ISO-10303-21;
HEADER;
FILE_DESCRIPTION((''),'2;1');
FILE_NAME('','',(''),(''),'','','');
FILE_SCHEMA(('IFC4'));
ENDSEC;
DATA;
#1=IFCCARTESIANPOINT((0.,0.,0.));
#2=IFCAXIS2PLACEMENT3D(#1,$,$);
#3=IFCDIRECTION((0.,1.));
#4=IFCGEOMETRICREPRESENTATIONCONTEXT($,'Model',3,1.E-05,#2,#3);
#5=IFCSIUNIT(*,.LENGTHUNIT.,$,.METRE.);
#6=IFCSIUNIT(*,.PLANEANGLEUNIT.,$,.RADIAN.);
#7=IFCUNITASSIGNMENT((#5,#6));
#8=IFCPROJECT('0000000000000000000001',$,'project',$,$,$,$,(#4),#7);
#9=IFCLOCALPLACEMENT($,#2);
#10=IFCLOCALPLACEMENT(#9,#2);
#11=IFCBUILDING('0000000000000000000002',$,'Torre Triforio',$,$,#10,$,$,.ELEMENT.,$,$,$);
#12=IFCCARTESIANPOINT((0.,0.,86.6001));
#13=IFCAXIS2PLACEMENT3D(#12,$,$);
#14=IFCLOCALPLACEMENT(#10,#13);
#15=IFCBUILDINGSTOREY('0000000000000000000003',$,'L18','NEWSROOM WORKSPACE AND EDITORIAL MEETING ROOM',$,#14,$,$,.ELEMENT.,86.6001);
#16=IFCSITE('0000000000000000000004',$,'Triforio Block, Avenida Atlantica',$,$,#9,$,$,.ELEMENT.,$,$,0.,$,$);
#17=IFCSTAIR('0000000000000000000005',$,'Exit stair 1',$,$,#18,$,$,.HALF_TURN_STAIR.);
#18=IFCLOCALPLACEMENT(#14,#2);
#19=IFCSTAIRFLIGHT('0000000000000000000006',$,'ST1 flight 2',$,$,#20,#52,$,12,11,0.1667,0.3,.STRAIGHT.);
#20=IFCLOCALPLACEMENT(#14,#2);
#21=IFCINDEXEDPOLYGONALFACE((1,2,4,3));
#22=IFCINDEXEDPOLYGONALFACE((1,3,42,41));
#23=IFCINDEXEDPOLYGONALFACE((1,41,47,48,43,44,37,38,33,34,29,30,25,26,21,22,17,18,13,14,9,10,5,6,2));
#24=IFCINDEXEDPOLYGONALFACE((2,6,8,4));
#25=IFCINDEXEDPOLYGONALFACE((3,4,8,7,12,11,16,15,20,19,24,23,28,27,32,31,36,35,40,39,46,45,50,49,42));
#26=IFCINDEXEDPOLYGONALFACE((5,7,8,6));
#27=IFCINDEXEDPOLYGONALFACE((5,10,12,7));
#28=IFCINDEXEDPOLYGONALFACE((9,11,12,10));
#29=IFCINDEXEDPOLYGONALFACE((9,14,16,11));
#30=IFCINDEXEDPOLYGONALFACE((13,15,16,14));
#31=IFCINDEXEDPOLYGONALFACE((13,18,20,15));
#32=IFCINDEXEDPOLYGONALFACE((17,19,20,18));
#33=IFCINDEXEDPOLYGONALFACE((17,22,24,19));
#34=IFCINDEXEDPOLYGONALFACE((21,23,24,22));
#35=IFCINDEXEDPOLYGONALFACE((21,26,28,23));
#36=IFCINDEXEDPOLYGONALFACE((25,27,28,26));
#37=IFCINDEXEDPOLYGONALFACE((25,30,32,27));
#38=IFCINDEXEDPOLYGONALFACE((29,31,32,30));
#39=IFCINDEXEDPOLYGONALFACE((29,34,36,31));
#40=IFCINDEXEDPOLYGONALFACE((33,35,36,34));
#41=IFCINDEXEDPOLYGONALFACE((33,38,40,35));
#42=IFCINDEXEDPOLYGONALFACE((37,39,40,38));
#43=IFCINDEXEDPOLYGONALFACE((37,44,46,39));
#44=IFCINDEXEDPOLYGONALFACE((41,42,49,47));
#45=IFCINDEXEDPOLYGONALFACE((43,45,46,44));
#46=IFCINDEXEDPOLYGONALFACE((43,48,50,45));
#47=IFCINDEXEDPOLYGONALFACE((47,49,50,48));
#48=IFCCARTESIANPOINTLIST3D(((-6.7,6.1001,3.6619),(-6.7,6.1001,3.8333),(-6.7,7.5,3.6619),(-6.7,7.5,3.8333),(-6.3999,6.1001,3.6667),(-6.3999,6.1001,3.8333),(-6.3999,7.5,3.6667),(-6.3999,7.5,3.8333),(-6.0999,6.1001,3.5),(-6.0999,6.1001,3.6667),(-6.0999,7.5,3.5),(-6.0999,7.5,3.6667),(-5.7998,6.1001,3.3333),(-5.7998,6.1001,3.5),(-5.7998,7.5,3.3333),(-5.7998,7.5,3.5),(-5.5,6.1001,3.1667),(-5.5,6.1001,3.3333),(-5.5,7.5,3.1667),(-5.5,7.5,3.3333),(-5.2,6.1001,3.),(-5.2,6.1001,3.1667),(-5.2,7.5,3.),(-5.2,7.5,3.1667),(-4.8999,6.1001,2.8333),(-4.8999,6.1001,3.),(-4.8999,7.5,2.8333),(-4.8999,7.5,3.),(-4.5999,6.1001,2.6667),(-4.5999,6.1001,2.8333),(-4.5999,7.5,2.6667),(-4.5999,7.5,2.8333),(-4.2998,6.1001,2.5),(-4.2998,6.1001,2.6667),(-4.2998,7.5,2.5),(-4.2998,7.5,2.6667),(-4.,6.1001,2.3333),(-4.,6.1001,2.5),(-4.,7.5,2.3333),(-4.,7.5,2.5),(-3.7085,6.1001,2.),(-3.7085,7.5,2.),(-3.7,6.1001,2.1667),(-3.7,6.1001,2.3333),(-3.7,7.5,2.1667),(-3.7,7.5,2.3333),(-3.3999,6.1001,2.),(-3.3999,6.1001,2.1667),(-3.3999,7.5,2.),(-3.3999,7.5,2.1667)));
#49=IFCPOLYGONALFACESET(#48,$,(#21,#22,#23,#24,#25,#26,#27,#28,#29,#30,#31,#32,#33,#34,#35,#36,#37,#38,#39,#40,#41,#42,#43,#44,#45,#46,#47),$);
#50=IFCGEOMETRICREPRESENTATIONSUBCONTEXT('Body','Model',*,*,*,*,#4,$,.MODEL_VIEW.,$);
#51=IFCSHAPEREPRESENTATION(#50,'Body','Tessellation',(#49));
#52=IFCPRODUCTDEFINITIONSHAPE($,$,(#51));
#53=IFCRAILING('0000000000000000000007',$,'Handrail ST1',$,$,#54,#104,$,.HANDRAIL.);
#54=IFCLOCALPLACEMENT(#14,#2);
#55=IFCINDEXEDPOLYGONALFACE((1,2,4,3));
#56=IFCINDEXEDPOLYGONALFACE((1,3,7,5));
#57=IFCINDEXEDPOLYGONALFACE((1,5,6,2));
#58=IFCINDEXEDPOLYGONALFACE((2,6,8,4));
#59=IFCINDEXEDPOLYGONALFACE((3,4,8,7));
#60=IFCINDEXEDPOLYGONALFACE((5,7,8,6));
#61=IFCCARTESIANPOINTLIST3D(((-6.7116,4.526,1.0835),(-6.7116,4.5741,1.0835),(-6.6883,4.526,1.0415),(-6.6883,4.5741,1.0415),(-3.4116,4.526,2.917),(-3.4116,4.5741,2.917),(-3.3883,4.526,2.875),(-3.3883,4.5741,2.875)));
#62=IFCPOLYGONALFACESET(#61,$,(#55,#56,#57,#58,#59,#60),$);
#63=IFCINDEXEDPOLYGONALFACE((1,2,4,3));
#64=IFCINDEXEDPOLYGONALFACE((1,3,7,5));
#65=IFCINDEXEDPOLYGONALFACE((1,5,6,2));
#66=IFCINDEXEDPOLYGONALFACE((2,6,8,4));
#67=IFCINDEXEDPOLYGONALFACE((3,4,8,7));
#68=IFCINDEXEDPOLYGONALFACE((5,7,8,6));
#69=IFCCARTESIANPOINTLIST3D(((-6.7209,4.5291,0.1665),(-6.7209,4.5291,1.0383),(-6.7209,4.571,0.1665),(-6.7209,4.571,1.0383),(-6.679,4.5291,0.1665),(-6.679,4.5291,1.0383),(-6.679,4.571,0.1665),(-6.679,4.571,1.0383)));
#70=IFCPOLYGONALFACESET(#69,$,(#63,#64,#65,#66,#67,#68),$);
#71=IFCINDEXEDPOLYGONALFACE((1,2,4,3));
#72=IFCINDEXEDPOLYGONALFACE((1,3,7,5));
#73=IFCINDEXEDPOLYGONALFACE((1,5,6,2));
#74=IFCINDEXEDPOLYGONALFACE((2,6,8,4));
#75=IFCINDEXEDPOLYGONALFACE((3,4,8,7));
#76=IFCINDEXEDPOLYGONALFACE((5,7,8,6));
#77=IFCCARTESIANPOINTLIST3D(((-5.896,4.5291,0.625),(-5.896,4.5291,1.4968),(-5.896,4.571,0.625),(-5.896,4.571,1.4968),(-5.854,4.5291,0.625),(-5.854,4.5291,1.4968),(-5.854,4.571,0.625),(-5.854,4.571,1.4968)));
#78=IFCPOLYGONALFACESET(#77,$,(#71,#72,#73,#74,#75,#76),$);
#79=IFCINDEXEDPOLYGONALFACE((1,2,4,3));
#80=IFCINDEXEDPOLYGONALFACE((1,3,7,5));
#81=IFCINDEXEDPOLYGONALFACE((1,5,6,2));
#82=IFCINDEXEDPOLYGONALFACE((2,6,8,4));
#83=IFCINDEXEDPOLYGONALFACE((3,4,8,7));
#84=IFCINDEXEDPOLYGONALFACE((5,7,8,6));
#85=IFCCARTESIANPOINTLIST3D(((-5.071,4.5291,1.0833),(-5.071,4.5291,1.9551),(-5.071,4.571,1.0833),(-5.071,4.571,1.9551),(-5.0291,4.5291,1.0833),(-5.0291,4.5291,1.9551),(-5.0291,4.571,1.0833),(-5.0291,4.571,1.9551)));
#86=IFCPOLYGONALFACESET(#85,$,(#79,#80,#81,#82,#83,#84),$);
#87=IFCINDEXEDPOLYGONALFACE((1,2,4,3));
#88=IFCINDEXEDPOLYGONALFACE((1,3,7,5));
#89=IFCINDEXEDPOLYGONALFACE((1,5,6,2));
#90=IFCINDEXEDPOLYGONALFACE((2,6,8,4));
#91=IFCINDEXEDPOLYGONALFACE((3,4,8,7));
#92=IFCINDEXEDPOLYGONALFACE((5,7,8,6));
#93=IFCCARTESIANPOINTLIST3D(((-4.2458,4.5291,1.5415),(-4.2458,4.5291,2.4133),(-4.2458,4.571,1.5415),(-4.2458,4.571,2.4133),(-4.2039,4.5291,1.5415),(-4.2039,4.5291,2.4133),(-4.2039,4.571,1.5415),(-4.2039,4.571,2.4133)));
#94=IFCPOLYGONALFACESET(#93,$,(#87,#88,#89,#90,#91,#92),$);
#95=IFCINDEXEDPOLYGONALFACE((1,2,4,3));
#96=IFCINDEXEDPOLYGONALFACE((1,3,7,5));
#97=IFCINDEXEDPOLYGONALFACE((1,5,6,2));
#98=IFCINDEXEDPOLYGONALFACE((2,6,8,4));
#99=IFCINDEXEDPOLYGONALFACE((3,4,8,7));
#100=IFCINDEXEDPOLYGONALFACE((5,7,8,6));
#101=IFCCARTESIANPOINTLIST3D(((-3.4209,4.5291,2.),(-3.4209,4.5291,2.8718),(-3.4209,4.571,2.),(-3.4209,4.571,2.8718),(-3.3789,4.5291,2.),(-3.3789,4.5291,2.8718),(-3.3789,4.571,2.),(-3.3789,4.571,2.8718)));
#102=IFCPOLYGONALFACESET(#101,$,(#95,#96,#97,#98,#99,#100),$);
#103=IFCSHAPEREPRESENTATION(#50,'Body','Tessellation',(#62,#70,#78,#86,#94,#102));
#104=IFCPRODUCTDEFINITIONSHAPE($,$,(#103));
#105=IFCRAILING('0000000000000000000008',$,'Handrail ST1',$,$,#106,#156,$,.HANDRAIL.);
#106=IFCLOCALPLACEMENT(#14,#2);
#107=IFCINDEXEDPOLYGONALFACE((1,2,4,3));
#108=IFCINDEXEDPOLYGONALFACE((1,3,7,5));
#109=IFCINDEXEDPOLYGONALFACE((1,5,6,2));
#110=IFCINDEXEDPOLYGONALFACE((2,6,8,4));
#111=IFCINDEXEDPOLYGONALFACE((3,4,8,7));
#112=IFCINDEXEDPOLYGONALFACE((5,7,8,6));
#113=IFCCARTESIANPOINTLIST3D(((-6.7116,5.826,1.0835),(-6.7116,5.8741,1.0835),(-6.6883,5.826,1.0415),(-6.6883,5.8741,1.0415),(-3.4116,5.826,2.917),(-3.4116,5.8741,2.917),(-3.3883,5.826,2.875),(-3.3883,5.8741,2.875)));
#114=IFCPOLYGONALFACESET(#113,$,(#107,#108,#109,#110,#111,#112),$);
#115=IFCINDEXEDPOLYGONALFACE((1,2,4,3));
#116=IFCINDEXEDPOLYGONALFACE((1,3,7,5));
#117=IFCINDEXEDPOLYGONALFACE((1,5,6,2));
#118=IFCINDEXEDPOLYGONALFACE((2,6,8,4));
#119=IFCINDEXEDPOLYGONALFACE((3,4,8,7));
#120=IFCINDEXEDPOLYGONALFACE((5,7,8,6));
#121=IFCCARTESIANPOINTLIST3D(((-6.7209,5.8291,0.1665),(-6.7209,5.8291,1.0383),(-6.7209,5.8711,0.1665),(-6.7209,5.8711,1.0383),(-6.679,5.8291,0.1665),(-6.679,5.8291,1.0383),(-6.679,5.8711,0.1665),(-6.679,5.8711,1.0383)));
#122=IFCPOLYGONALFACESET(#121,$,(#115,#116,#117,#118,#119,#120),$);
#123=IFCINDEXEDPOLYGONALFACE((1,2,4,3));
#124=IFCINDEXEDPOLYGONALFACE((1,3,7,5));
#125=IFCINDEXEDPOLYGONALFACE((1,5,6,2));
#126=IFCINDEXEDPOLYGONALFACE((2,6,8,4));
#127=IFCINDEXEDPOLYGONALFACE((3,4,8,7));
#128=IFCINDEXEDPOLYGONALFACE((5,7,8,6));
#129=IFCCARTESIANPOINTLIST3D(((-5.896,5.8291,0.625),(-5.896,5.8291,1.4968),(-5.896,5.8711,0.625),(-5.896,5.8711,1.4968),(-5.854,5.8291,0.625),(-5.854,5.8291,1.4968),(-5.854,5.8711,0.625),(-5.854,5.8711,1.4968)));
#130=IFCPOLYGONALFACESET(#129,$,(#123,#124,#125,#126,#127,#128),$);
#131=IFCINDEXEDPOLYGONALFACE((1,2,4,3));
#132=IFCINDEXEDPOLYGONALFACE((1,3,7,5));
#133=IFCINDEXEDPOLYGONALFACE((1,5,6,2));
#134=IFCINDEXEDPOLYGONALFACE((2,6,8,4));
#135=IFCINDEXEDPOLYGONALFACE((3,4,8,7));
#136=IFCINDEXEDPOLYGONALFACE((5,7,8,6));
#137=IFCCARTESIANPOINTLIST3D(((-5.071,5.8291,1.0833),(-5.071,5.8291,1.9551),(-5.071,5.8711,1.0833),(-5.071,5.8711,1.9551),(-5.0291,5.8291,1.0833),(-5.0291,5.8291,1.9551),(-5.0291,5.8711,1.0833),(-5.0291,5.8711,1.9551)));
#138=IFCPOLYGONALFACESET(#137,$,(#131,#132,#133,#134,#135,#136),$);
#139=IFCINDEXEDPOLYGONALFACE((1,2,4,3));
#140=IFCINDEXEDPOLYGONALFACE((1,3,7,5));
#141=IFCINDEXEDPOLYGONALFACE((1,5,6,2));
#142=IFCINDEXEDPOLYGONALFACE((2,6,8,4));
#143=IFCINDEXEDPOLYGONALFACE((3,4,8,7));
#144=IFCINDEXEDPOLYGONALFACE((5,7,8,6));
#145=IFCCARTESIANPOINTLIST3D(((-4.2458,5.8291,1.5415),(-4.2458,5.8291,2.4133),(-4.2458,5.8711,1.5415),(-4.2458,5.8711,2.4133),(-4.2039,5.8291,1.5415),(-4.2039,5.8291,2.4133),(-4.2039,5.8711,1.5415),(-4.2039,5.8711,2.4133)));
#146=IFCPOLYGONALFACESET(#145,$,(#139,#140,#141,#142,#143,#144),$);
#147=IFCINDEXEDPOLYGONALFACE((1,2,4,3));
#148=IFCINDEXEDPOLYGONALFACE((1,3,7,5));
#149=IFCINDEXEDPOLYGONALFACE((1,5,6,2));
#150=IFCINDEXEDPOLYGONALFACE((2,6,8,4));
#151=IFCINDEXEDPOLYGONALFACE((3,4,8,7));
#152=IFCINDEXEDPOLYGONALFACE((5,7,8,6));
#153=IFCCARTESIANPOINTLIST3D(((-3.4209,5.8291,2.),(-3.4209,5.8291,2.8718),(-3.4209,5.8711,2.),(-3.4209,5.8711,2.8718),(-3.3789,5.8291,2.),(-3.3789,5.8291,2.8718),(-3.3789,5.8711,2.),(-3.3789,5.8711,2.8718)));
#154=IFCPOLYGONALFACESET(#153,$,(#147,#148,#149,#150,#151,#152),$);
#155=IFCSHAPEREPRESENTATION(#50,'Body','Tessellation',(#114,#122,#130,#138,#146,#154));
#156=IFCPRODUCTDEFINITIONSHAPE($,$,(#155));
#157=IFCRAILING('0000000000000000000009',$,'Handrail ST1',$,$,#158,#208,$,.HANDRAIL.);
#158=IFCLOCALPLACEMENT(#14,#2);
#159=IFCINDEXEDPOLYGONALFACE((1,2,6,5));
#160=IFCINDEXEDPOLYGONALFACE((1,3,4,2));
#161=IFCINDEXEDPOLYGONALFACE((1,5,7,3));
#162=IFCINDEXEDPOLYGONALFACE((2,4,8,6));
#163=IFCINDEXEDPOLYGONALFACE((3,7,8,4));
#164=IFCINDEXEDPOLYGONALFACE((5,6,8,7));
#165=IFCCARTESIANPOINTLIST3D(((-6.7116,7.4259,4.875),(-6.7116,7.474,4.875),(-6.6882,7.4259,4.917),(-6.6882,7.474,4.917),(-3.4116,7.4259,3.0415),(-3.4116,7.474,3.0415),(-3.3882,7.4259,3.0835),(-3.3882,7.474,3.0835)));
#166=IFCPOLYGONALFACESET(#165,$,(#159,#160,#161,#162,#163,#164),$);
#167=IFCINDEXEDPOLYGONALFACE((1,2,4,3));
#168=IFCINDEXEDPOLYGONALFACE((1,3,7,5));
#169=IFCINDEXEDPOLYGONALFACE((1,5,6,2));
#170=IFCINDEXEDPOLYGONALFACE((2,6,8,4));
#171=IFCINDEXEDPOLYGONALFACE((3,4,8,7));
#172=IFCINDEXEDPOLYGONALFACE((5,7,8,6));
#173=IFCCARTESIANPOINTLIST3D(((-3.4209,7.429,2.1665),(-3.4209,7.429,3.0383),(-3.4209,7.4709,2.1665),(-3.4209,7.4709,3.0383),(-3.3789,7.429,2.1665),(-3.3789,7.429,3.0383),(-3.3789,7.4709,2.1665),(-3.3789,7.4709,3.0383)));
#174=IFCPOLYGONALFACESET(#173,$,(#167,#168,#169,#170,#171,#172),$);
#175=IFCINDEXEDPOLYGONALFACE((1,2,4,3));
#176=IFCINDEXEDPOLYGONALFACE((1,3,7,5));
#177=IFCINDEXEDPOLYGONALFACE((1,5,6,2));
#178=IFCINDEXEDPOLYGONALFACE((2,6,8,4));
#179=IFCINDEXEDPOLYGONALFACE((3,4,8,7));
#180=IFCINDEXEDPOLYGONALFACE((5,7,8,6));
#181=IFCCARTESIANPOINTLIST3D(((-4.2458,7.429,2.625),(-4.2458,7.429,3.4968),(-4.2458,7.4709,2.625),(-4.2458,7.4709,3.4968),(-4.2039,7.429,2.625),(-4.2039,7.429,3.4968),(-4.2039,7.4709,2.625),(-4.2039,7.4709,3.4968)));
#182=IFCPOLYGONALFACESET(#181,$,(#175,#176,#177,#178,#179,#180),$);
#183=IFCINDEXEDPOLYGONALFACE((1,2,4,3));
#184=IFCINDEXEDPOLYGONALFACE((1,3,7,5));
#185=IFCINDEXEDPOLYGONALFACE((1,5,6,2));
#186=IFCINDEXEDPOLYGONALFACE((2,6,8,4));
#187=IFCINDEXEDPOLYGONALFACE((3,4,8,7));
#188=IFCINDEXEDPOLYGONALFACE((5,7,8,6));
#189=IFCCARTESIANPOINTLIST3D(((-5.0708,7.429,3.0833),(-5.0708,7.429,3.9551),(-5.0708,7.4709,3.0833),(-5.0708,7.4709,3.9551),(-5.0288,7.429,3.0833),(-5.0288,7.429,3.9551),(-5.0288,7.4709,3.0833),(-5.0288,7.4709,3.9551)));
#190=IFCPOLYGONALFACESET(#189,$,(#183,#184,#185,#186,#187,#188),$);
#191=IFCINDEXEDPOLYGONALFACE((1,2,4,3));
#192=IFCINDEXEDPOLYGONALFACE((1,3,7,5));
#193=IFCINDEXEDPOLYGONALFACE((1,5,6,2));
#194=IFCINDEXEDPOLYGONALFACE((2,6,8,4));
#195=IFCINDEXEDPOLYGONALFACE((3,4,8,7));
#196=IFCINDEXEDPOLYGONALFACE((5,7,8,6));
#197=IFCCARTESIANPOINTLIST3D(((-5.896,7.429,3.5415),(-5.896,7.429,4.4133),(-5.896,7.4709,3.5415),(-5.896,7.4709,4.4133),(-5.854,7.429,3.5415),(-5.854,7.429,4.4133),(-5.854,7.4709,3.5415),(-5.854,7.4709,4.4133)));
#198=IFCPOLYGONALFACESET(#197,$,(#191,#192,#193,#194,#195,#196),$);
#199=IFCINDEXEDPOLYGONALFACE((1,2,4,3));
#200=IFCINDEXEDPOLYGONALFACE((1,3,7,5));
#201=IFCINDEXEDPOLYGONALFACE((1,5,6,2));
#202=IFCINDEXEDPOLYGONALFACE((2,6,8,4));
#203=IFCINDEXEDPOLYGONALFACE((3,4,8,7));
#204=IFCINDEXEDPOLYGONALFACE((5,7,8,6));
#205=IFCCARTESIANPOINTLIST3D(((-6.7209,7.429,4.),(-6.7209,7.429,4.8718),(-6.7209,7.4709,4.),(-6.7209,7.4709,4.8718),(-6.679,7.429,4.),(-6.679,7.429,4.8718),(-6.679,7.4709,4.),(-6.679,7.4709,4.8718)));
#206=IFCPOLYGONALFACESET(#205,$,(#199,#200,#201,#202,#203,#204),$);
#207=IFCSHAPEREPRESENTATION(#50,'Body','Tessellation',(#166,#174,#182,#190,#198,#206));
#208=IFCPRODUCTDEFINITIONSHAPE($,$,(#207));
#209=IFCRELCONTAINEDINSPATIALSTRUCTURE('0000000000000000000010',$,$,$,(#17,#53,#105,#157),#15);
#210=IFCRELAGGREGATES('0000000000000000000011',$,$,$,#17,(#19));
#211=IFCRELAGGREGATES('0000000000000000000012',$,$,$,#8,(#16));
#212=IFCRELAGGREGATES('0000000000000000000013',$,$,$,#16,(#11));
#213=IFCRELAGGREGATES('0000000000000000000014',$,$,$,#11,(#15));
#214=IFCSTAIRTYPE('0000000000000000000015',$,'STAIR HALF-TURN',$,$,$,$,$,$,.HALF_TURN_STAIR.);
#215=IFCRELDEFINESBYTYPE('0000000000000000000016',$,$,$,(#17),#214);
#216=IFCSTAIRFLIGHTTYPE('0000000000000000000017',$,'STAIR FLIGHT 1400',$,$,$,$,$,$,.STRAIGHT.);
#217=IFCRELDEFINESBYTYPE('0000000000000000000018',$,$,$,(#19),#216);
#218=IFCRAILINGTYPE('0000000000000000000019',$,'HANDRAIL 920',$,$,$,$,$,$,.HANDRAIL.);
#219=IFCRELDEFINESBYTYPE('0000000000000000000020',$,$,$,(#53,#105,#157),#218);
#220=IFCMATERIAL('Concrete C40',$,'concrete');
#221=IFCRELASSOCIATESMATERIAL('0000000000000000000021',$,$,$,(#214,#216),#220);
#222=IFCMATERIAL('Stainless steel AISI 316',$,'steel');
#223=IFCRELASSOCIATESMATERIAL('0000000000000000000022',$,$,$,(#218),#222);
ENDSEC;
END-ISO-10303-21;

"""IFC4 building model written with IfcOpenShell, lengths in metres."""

from ifc_helpers import new_model, si_unit, direction, frame, origin, origin_2d, place, context, subcontext, project, spatial, polyline, rectangle, outline, extrude, material, type_object, element, aggregate, save


model = new_model("IFC4")

# Units and contexts
model_context = context("Model", 3, precision=1e-05, world=origin(), true_north=direction((0.0, 1.0)))
body_context = subcontext(model_context, "Body", "Model", "MODEL_VIEW")
ifc_project = project(units=[si_unit("LENGTHUNIT", "METRE"), si_unit("PLANEANGLEUNIT", "RADIAN")], contexts=[model_context])

# Site, building, storey
site_placement = place(None, origin())
site = spatial("IfcSite", under=ifc_project, at=site_placement, Name="Triforio Block, Avenida Atlantica", CompositionType="ELEMENT", RefElevation=0.0)
building_placement = place(site_placement, origin())
building = spatial("IfcBuilding", under=site, at=building_placement, Name="Torre Triforio", CompositionType="ELEMENT")
storey_placement = place(building_placement, frame((0.0, 0.0, 86.6001)))
storey = spatial("IfcBuildingStorey", under=building, at=storey_placement, Name="L18", Description="NEWSROOM WORKSPACE AND EDITORIAL MEETING ROOM", CompositionType="ELEMENT", Elevation=86.6001)

# Stair, stair flight
ifc_material_1 = material(Name="Concrete C40", Category="concrete")
stair_type = type_object("IfcStairType", Name="STAIR HALF-TURN", PredefinedType="HALF_TURN_STAIR", material=ifc_material_1)
stair_placement = place(storey_placement, origin())
stair = element("IfcStair", 1, at=stair_placement, inside=storey, type_object=stair_type, Name="Exit stair 1", PredefinedType="HALF_TURN_STAIR")
stair_flight_type = type_object("IfcStairFlightType", Name="STAIR FLIGHT 1400", PredefinedType="STRAIGHT", material=ifc_material_1)
stair_flight_1_placement = place(storey_placement, frame((-3.3999, 6.8, 2.0), z_axis=(0.0, 0.0, 1.0), x_axis=(-1.0, 0.0, 0.0)))
stair_flight_1 = element("IfcStairFlight", 2, at=stair_flight_1_placement, type_object=stair_flight_type, Name="ST1 flight 2", NumberOfRisers=12, NumberOfTreads=11, PredefinedType="STRAIGHT", RiserHeight=0.1667, TreadLength=0.3, context=body_context, shape_type="SweptSolid", body=[
    extrude(outline(polyline([(0.0, 0.0), (0.0, 0.1667), (0.3, 0.1667), (0.3, 0.3333), (0.6001, 0.3333), (0.6001, 0.5), (0.8999, 0.5), (0.8999, 0.6667), (1.2, 0.6667), (1.2, 0.8333), (1.5, 0.8333), (1.5, 1.0), (1.8, 1.0), (1.8, 1.1667), (2.1001, 1.1667), (2.1001, 1.3333), (2.3999, 1.3333), (2.3999, 1.5), (2.7, 1.5), (2.7, 1.6667), (3.0, 1.6667), (3.0, 1.8333), (3.3, 1.8333), (3.3, 2.0), (3.3, 1.6619), (0.3086, 0.0), (0.0, 0.0)])), frame((0.0, 0.7, 0.0), z_axis=(0.0, -1.0, 0.0), x_axis=(1.0, 0.0, 0.0)), (0.0, 0.0, 1.0), 1.3999),
])
aggregate(stair, [stair_flight_1])

# Railings
ifc_material_2 = material(Name="Stainless steel AISI 316", Category="steel")
railing_type = type_object("IfcRailingType", Name="HANDRAIL 920", PredefinedType="HANDRAIL", material=ifc_material_2)
for number, where, name in (
    (3, (-6.7, 4.55, 0.1665), "Handrail ST1"),
    (4, (-6.7, 5.8501, 0.1665), "Handrail ST1"),
):
    element("IfcRailing", number, at=place(storey_placement, frame(where)), inside=storey, type_object=railing_type, Name=name, PredefinedType="HANDRAIL", context=body_context, shape_type="SweptSolid", body=[
        extrude(rectangle(XDim=0.0481, YDim=0.0481, at=origin_2d()), frame((0.0, 0.0, 0.896), z_axis=(0.874142, 0.0, 0.48567), x_axis=(0.0, 1.0, 0.0)), (0.0, 0.0, 1.0), 3.7751),
        extrude(rectangle(XDim=0.042, YDim=0.042, at=origin_2d()), origin(), (0.0, 0.0, 1.0), 0.8718),
        extrude(rectangle(XDim=0.042, YDim=0.042, at=origin_2d()), frame((0.825, 0.0, 0.4585)), (0.0, 0.0, 1.0), 0.8718),
        extrude(rectangle(XDim=0.042, YDim=0.042, at=origin_2d()), frame((1.6499, 0.0, 0.9167)), (0.0, 0.0, 1.0), 0.8718),
        extrude(rectangle(XDim=0.042, YDim=0.042, at=origin_2d()), frame((2.4751, 0.0, 1.375)), (0.0, 0.0, 1.0), 0.8718),
        extrude(rectangle(XDim=0.042, YDim=0.042, at=origin_2d()), frame((3.3, 0.0, 1.8335)), (0.0, 0.0, 1.0), 0.8718),
    ])
for number, where, name in (
    (5, (-3.3999, 7.45, 2.1665), "Handrail ST1"),
):
    element("IfcRailing", number, at=place(storey_placement, frame(where)), inside=storey, type_object=railing_type, Name=name, PredefinedType="HANDRAIL", context=body_context, shape_type="SweptSolid", body=[
        extrude(rectangle(XDim=0.0481, YDim=0.0481, at=origin_2d()), frame((0.0, 0.0, 0.896), z_axis=(-0.874142, 0.0, 0.48567), x_axis=(0.0, -1.0, 0.0)), (0.0, 0.0, 1.0), 3.7751),
        extrude(rectangle(XDim=0.042, YDim=0.042, at=origin_2d()), origin(), (0.0, 0.0, 1.0), 0.8718),
        extrude(rectangle(XDim=0.042, YDim=0.042, at=origin_2d()), frame((-0.825, 0.0, 0.4585)), (0.0, 0.0, 1.0), 0.8718),
        extrude(rectangle(XDim=0.042, YDim=0.042, at=origin_2d()), frame((-1.6499, 0.0, 0.9167)), (0.0, 0.0, 1.0), 0.8718),
        extrude(rectangle(XDim=0.042, YDim=0.042, at=origin_2d()), frame((-2.4751, 0.0, 1.375)), (0.0, 0.0, 1.0), 0.8718),
        extrude(rectangle(XDim=0.042, YDim=0.042, at=origin_2d()), frame((-3.3, 0.0, 1.8335)), (0.0, 0.0, 1.0), 0.8718),
    ])

save(model, "model.ifc")
